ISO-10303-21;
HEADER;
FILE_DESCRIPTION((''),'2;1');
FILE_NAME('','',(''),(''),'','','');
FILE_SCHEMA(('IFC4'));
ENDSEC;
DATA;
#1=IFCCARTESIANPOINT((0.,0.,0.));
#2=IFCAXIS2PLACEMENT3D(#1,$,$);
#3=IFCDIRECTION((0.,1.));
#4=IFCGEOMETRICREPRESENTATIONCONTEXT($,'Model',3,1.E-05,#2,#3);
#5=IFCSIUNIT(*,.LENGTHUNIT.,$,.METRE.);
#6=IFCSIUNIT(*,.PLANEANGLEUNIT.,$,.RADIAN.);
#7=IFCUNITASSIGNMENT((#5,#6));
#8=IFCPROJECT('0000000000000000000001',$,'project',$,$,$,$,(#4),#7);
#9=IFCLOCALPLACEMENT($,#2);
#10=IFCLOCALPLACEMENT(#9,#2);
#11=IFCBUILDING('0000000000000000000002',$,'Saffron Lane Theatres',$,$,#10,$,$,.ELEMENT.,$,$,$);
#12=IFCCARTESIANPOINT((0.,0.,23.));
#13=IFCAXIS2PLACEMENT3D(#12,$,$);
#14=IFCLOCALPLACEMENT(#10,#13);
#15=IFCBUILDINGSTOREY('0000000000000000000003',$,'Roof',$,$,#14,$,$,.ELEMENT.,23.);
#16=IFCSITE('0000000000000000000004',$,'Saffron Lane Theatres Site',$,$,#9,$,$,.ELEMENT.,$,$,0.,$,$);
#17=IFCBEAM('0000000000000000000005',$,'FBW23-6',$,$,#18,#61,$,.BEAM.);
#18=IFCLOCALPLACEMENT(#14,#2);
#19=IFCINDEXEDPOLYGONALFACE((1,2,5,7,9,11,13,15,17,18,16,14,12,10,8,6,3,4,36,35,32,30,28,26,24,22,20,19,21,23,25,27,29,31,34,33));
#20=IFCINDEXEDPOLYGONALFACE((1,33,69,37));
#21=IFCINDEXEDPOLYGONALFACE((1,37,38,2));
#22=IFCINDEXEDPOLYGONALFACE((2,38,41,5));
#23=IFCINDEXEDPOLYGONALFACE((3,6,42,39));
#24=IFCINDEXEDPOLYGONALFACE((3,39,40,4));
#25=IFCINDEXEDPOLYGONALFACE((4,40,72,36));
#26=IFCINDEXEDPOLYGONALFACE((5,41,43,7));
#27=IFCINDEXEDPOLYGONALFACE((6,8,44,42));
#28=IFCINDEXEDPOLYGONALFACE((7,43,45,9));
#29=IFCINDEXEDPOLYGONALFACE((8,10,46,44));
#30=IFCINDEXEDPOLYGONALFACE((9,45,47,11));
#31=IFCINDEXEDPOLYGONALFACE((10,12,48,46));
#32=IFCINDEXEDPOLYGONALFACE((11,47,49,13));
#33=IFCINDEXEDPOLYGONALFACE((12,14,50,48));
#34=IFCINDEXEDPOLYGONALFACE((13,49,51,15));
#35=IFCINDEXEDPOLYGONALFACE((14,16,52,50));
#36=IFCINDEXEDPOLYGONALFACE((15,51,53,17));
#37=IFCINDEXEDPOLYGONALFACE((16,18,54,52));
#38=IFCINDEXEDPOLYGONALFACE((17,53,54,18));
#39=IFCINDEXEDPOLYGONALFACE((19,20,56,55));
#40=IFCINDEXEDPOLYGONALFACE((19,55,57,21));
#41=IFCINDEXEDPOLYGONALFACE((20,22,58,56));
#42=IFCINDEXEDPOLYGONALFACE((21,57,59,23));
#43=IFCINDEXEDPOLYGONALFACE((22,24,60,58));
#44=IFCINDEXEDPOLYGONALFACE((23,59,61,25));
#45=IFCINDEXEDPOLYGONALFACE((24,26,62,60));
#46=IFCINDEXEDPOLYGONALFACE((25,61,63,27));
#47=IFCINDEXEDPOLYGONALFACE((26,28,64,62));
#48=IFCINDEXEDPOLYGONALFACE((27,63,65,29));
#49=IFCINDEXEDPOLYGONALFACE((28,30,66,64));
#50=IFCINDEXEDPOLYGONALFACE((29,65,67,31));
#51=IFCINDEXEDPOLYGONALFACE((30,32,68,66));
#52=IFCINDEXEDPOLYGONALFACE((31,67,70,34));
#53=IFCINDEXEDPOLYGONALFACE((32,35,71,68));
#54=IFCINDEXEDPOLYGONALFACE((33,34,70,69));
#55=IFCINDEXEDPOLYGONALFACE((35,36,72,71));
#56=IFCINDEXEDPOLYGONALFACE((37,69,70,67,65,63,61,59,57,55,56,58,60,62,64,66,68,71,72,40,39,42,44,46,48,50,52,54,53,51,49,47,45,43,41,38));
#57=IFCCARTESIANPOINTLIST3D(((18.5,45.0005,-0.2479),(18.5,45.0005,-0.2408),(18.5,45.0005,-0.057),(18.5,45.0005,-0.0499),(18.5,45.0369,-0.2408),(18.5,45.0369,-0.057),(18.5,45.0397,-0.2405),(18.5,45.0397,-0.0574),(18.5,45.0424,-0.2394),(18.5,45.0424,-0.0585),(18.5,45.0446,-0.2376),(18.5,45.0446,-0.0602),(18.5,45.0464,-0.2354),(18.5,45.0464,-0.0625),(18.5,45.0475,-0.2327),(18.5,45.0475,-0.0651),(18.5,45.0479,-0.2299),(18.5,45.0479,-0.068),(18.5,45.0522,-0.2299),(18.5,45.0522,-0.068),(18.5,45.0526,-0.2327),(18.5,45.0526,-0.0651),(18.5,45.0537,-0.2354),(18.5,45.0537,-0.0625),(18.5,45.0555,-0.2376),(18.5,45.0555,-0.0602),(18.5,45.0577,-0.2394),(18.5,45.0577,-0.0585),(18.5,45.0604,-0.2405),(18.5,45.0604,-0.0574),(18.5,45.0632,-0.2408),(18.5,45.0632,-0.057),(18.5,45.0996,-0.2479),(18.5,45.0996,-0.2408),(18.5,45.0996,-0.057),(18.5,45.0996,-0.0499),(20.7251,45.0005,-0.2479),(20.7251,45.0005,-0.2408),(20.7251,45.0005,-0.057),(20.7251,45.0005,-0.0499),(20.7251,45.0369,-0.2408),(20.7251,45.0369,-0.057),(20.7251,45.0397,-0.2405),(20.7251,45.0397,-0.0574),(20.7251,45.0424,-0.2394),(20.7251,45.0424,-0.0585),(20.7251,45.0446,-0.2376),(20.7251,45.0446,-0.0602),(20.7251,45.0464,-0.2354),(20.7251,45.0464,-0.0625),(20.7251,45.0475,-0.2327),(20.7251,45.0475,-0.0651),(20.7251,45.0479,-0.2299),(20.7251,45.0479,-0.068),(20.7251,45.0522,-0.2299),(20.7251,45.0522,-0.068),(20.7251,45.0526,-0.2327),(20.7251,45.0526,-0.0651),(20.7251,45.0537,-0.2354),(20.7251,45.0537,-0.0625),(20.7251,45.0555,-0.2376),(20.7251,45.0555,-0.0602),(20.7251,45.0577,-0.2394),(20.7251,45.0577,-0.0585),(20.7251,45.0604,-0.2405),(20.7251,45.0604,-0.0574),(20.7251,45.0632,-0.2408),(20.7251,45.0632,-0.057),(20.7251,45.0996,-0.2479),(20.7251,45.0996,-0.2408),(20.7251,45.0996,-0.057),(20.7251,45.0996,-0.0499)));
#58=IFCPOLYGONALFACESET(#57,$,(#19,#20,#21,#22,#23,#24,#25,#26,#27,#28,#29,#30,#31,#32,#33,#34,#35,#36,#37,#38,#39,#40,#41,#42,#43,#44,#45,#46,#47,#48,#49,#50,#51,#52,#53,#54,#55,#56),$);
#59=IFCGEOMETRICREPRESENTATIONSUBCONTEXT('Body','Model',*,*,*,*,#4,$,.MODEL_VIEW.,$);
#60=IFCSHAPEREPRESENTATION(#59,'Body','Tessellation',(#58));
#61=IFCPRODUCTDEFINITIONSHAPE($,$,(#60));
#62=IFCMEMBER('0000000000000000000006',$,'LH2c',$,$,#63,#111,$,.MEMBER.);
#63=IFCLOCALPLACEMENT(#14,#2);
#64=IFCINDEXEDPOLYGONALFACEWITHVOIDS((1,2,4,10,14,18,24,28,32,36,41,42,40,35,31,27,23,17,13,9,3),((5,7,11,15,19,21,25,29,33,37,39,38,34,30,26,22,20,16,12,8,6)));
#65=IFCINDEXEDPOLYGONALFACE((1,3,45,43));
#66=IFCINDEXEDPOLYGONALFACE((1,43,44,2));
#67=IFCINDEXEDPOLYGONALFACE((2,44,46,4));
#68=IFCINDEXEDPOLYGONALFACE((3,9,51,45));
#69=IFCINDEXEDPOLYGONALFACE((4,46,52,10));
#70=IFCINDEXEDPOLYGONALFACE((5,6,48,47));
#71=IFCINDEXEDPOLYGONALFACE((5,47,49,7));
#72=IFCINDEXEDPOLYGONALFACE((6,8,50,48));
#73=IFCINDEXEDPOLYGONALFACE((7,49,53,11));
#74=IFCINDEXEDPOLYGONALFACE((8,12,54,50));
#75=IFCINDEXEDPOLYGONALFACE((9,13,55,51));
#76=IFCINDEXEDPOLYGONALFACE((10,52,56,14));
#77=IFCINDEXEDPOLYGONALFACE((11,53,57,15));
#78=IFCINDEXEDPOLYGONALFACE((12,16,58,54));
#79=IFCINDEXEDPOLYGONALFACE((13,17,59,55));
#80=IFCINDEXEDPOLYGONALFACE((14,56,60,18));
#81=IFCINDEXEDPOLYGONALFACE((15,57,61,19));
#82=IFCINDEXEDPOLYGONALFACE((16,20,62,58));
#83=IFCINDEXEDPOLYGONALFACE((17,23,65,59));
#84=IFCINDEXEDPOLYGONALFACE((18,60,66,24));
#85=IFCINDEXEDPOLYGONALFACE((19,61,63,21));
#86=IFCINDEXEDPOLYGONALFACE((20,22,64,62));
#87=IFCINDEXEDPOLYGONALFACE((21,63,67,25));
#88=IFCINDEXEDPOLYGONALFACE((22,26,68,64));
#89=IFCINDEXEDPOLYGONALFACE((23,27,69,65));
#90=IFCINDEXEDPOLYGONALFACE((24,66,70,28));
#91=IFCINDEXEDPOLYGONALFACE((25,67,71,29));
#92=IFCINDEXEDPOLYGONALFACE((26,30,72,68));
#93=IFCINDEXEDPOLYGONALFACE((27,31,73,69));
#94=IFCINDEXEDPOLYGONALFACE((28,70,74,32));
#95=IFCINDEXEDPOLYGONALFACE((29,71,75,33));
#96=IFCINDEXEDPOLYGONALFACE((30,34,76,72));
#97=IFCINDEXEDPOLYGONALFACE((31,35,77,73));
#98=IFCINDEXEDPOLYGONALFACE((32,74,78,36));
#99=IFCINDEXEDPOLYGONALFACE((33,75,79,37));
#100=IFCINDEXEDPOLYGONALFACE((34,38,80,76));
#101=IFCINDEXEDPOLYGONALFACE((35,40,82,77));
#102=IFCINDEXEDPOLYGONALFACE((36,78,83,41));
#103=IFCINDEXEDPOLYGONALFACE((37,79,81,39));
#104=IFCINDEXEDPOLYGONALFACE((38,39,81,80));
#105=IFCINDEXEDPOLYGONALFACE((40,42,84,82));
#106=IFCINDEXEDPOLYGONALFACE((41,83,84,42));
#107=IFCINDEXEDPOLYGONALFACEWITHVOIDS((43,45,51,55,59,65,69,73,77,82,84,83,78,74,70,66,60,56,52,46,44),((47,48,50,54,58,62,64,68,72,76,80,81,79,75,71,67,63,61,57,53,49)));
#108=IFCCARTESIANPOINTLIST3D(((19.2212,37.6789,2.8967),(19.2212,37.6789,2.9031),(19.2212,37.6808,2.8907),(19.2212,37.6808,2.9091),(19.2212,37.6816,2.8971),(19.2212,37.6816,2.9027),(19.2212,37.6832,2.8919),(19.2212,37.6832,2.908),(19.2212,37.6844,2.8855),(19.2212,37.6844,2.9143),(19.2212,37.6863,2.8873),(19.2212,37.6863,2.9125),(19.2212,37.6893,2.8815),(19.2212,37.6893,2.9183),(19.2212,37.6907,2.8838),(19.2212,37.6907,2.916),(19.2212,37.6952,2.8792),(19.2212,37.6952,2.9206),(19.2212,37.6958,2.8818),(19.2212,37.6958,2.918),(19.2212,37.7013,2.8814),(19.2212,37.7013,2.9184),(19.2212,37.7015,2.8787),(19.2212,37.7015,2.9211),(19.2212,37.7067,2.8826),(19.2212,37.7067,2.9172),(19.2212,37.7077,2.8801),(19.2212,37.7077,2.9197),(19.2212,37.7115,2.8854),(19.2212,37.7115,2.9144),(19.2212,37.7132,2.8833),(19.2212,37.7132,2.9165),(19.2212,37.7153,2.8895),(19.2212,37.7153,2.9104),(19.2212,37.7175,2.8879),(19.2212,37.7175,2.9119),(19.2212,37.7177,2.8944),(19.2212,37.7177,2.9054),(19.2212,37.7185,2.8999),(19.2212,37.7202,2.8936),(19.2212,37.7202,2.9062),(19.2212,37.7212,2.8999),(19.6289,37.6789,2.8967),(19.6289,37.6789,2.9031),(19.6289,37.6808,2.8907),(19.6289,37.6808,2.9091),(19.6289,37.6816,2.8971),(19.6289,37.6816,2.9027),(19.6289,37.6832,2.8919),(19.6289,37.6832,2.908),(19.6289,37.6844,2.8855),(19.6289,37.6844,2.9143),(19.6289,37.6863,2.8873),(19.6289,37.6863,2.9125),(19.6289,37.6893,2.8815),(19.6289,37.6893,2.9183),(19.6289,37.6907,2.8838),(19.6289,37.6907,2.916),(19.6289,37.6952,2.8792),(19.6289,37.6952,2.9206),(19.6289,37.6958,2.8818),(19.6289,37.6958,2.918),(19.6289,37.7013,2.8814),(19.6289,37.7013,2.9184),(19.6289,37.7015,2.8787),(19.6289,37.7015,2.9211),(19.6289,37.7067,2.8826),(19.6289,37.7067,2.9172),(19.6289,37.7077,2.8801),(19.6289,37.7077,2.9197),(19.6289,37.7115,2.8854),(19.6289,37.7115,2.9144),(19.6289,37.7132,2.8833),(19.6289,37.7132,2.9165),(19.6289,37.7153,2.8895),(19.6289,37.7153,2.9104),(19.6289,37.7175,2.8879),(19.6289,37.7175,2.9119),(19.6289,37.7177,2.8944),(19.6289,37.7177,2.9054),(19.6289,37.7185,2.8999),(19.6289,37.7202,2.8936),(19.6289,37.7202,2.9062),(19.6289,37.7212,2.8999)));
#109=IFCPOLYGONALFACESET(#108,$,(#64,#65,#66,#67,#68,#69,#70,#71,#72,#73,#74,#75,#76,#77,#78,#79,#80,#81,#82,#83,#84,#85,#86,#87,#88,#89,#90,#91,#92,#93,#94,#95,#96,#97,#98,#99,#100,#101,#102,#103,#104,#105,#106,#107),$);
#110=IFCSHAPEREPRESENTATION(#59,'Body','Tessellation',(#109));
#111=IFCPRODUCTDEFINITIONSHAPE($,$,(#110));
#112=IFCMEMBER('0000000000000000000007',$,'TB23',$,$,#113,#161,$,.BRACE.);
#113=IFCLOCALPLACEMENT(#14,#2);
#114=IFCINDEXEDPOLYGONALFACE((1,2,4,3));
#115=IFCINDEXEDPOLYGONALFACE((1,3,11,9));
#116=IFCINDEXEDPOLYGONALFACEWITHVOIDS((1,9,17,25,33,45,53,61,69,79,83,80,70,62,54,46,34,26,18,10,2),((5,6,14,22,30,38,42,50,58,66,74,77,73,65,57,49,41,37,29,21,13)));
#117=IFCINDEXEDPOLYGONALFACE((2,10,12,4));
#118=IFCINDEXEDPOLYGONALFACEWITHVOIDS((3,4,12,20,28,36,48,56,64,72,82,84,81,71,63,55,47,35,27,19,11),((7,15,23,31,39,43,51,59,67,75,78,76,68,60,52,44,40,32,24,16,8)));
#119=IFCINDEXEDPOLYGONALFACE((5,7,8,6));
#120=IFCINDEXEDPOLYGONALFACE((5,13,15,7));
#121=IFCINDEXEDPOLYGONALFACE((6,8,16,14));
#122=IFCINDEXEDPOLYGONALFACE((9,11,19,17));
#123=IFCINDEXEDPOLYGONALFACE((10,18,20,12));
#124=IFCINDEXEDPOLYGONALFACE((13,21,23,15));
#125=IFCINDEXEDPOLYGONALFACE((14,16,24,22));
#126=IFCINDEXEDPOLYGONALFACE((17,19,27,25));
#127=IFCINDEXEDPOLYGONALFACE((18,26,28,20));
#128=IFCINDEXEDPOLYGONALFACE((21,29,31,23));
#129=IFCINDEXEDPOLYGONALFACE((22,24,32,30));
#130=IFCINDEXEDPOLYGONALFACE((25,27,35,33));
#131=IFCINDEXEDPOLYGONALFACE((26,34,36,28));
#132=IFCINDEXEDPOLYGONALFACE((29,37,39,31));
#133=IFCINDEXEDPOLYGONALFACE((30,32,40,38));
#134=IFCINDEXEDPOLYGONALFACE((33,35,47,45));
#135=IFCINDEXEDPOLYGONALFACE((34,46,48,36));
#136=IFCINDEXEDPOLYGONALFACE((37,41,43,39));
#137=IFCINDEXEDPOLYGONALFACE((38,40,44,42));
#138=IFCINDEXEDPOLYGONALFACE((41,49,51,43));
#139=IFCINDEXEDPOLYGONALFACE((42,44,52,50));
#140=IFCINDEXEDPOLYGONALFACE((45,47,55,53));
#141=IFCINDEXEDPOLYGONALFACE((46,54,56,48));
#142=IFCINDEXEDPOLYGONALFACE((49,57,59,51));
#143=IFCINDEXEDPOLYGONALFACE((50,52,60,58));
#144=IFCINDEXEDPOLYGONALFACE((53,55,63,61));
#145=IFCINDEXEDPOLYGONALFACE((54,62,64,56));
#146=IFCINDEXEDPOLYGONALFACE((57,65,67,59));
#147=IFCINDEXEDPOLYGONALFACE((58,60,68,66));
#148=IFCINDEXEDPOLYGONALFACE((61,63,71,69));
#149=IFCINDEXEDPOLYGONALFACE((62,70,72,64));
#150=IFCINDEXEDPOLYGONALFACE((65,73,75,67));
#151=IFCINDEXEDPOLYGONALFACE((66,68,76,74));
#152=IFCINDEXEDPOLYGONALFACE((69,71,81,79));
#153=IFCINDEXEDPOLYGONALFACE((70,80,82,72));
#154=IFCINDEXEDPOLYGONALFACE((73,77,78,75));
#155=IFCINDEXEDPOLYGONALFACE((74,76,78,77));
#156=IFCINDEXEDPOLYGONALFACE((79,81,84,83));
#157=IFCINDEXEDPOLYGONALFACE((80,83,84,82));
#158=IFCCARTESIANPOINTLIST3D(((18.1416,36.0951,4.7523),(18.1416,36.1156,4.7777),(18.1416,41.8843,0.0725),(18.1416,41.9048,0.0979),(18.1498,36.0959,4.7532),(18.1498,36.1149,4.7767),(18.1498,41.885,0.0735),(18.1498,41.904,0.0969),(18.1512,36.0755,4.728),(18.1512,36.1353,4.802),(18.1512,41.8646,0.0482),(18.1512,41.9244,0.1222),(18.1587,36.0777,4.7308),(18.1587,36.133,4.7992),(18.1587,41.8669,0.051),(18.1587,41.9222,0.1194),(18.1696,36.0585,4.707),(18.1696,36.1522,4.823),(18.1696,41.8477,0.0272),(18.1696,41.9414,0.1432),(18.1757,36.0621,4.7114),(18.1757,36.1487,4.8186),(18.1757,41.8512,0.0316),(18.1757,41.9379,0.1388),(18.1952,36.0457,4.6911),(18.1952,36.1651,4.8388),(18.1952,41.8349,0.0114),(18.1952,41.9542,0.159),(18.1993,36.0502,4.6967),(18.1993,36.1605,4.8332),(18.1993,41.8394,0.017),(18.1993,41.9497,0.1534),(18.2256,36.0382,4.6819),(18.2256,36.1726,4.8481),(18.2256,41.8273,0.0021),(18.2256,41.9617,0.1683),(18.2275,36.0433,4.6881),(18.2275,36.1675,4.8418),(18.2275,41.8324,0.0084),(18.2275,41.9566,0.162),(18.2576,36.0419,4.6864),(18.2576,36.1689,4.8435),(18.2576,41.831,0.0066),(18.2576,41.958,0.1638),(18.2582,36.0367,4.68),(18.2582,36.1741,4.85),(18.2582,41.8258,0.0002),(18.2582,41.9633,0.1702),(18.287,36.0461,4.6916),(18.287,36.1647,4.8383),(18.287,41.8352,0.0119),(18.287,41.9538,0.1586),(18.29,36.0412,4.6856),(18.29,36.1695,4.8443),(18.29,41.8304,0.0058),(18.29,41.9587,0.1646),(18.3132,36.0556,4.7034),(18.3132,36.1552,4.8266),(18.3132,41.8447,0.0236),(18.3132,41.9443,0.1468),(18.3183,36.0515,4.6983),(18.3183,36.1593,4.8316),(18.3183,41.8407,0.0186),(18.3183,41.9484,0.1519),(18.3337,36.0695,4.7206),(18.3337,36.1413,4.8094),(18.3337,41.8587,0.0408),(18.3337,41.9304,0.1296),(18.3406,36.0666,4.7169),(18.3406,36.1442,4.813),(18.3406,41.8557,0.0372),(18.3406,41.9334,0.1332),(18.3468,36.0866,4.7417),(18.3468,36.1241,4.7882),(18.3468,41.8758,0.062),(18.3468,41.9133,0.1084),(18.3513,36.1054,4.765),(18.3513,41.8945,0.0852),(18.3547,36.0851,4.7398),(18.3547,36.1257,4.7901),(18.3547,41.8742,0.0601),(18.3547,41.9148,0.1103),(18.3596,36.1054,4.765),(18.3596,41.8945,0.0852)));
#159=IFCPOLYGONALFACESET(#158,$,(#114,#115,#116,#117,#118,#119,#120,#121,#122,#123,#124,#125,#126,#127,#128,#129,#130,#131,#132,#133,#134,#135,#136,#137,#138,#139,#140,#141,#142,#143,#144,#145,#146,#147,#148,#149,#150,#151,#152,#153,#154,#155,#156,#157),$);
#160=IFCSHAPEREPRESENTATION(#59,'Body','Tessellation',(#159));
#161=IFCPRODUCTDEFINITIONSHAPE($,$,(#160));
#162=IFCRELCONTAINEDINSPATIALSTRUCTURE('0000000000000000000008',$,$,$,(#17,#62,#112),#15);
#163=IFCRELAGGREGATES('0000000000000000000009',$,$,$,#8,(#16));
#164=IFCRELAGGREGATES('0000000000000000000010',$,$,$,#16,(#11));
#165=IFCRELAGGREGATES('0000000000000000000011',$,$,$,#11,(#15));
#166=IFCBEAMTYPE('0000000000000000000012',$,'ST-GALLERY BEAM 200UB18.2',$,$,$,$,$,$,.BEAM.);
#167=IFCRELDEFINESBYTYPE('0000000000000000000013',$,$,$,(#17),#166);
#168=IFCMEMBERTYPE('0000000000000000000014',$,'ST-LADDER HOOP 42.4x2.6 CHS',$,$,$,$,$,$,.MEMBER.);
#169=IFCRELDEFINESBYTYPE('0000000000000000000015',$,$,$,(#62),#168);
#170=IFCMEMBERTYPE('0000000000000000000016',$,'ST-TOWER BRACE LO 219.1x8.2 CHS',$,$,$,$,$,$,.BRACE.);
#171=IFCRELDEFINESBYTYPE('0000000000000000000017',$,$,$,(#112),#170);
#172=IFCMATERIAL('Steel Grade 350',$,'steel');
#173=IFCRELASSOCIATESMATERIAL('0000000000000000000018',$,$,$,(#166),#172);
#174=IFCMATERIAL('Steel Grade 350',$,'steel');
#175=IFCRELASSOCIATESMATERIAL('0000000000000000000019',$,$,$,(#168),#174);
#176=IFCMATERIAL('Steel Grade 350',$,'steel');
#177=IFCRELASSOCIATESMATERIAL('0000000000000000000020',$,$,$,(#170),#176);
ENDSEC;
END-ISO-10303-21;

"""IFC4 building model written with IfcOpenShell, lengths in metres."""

from ifc_helpers import new_model, si_unit, direction, frame, origin, origin_2d, place, context, subcontext, project, spatial, hollow_circle, i_section, extrude, material, material_profile, profile_set, type_object, element, save


model = new_model("IFC4")

# Units and contexts
model_context = context("Model", 3, precision=1e-05, world=origin(), true_north=direction((0.0, 1.0)))
body_context = subcontext(model_context, "Body", "Model", "MODEL_VIEW")
ifc_project = project(units=[si_unit("LENGTHUNIT", "METRE"), si_unit("PLANEANGLEUNIT", "RADIAN")], contexts=[model_context])

# Site, building, storey
site_placement = place(None, origin())
site = spatial("IfcSite", under=ifc_project, at=site_placement, Name="Saffron Lane Theatres Site", CompositionType="ELEMENT", RefElevation=0.0)
building_placement = place(site_placement, origin())
building = spatial("IfcBuilding", under=site, at=building_placement, Name="Saffron Lane Theatres", CompositionType="ELEMENT")
storey_placement = place(building_placement, frame((0.0, 0.0, 23.0)))
storey = spatial("IfcBuildingStorey", under=building, at=storey_placement, Name="Roof", CompositionType="ELEMENT", Elevation=23.0)

# Beam
ifc_material_1 = material(Name="Steel Grade 350", Category="steel")
ifc_material_profile_1 = material_profile(ifc_material_1, i_section(OverallWidth=0.0991, OverallDepth=0.198, WebThickness=0.0044, FlangeThickness=0.0071, FilletRadius=0.011, at=origin_2d()))
ifc_profile_set_1 = profile_set([ifc_material_profile_1], Name="Steel Grade 350")
beam_type_1 = type_object("IfcBeamType", Name="ST-GALLERY BEAM 200UB18.2", PredefinedType="BEAM", material=ifc_profile_set_1)
for number, where, z_axis, x_axis, name in (
    (1, (18.5, 45.05, -0.1489), (1.0, 0.0, 0.0), (0.0, 1.0, 0.0), "FBW23-6"),
):
    element("IfcBeam", number, at=place(storey_placement, frame(where, z_axis=z_axis, x_axis=x_axis)), inside=storey, type_object=beam_type_1, Name=name, PredefinedType="BEAM", context=body_context, shape_type="SweptSolid", body=[
        extrude(i_section(OverallWidth=0.0991, OverallDepth=0.198, WebThickness=0.0044, FlangeThickness=0.0071, FilletRadius=0.011, at=origin_2d()), origin(), (0.0, 0.0, 1.0), 2.2251),
    ])

# Members
ifc_material_2 = material(Name="Steel Grade 350", Category="steel")
ifc_material_profile_2 = material_profile(ifc_material_2, hollow_circle(Radius=0.0212, WallThickness=0.0027, at=origin_2d()))
ifc_profile_set_2 = profile_set([ifc_material_profile_2], Name="Steel Grade 350")
member_type_1 = type_object("IfcMemberType", Name="ST-LADDER HOOP 42.4x2.6 CHS", PredefinedType="MEMBER", material=ifc_profile_set_2)
member_placement = place(storey_placement, frame((19.2212, 37.7, 2.8999), z_axis=(1.0, 0.0, 0.0), x_axis=(0.0, 1.0, 0.0)))
element("IfcMember", 2, at=member_placement, inside=storey, type_object=member_type_1, Name="LH2c", PredefinedType="MEMBER", context=body_context, shape_type="SweptSolid", body=[
    extrude(hollow_circle(Radius=0.0212, WallThickness=0.0027, at=origin_2d()), origin(), (0.0, 0.0, 1.0), 0.4077),
])
ifc_material_3 = material(Name="Steel Grade 350", Category="steel")
ifc_material_profile_3 = material_profile(ifc_material_3, hollow_circle(Radius=0.1096, WallThickness=0.0083, at=origin_2d()))
ifc_profile_set_3 = profile_set([ifc_material_profile_3], Name="Steel Grade 350")
member_type_2 = type_object("IfcMemberType", Name="ST-TOWER BRACE LO 219.1x8.2 CHS", PredefinedType="BRACE", material=ifc_profile_set_3)
for number, where, z_axis, x_axis, name in (
    (3, (18.25, 41.8945, 0.0852), (0.0, -0.777685, 0.628655), (1.0, 0.0, 0.0), "TB23"),
):
    element("IfcMember", number, at=place(storey_placement, frame(where, z_axis=z_axis, x_axis=x_axis)), inside=storey, type_object=member_type_2, Name=name, PredefinedType="BRACE", context=body_context, shape_type="SweptSolid", body=[
        extrude(hollow_circle(Radius=0.1096, WallThickness=0.0083, at=origin_2d()), origin(), (0.0, 0.0, 1.0), 7.4441),
    ])

save(model, "model.ifc")
